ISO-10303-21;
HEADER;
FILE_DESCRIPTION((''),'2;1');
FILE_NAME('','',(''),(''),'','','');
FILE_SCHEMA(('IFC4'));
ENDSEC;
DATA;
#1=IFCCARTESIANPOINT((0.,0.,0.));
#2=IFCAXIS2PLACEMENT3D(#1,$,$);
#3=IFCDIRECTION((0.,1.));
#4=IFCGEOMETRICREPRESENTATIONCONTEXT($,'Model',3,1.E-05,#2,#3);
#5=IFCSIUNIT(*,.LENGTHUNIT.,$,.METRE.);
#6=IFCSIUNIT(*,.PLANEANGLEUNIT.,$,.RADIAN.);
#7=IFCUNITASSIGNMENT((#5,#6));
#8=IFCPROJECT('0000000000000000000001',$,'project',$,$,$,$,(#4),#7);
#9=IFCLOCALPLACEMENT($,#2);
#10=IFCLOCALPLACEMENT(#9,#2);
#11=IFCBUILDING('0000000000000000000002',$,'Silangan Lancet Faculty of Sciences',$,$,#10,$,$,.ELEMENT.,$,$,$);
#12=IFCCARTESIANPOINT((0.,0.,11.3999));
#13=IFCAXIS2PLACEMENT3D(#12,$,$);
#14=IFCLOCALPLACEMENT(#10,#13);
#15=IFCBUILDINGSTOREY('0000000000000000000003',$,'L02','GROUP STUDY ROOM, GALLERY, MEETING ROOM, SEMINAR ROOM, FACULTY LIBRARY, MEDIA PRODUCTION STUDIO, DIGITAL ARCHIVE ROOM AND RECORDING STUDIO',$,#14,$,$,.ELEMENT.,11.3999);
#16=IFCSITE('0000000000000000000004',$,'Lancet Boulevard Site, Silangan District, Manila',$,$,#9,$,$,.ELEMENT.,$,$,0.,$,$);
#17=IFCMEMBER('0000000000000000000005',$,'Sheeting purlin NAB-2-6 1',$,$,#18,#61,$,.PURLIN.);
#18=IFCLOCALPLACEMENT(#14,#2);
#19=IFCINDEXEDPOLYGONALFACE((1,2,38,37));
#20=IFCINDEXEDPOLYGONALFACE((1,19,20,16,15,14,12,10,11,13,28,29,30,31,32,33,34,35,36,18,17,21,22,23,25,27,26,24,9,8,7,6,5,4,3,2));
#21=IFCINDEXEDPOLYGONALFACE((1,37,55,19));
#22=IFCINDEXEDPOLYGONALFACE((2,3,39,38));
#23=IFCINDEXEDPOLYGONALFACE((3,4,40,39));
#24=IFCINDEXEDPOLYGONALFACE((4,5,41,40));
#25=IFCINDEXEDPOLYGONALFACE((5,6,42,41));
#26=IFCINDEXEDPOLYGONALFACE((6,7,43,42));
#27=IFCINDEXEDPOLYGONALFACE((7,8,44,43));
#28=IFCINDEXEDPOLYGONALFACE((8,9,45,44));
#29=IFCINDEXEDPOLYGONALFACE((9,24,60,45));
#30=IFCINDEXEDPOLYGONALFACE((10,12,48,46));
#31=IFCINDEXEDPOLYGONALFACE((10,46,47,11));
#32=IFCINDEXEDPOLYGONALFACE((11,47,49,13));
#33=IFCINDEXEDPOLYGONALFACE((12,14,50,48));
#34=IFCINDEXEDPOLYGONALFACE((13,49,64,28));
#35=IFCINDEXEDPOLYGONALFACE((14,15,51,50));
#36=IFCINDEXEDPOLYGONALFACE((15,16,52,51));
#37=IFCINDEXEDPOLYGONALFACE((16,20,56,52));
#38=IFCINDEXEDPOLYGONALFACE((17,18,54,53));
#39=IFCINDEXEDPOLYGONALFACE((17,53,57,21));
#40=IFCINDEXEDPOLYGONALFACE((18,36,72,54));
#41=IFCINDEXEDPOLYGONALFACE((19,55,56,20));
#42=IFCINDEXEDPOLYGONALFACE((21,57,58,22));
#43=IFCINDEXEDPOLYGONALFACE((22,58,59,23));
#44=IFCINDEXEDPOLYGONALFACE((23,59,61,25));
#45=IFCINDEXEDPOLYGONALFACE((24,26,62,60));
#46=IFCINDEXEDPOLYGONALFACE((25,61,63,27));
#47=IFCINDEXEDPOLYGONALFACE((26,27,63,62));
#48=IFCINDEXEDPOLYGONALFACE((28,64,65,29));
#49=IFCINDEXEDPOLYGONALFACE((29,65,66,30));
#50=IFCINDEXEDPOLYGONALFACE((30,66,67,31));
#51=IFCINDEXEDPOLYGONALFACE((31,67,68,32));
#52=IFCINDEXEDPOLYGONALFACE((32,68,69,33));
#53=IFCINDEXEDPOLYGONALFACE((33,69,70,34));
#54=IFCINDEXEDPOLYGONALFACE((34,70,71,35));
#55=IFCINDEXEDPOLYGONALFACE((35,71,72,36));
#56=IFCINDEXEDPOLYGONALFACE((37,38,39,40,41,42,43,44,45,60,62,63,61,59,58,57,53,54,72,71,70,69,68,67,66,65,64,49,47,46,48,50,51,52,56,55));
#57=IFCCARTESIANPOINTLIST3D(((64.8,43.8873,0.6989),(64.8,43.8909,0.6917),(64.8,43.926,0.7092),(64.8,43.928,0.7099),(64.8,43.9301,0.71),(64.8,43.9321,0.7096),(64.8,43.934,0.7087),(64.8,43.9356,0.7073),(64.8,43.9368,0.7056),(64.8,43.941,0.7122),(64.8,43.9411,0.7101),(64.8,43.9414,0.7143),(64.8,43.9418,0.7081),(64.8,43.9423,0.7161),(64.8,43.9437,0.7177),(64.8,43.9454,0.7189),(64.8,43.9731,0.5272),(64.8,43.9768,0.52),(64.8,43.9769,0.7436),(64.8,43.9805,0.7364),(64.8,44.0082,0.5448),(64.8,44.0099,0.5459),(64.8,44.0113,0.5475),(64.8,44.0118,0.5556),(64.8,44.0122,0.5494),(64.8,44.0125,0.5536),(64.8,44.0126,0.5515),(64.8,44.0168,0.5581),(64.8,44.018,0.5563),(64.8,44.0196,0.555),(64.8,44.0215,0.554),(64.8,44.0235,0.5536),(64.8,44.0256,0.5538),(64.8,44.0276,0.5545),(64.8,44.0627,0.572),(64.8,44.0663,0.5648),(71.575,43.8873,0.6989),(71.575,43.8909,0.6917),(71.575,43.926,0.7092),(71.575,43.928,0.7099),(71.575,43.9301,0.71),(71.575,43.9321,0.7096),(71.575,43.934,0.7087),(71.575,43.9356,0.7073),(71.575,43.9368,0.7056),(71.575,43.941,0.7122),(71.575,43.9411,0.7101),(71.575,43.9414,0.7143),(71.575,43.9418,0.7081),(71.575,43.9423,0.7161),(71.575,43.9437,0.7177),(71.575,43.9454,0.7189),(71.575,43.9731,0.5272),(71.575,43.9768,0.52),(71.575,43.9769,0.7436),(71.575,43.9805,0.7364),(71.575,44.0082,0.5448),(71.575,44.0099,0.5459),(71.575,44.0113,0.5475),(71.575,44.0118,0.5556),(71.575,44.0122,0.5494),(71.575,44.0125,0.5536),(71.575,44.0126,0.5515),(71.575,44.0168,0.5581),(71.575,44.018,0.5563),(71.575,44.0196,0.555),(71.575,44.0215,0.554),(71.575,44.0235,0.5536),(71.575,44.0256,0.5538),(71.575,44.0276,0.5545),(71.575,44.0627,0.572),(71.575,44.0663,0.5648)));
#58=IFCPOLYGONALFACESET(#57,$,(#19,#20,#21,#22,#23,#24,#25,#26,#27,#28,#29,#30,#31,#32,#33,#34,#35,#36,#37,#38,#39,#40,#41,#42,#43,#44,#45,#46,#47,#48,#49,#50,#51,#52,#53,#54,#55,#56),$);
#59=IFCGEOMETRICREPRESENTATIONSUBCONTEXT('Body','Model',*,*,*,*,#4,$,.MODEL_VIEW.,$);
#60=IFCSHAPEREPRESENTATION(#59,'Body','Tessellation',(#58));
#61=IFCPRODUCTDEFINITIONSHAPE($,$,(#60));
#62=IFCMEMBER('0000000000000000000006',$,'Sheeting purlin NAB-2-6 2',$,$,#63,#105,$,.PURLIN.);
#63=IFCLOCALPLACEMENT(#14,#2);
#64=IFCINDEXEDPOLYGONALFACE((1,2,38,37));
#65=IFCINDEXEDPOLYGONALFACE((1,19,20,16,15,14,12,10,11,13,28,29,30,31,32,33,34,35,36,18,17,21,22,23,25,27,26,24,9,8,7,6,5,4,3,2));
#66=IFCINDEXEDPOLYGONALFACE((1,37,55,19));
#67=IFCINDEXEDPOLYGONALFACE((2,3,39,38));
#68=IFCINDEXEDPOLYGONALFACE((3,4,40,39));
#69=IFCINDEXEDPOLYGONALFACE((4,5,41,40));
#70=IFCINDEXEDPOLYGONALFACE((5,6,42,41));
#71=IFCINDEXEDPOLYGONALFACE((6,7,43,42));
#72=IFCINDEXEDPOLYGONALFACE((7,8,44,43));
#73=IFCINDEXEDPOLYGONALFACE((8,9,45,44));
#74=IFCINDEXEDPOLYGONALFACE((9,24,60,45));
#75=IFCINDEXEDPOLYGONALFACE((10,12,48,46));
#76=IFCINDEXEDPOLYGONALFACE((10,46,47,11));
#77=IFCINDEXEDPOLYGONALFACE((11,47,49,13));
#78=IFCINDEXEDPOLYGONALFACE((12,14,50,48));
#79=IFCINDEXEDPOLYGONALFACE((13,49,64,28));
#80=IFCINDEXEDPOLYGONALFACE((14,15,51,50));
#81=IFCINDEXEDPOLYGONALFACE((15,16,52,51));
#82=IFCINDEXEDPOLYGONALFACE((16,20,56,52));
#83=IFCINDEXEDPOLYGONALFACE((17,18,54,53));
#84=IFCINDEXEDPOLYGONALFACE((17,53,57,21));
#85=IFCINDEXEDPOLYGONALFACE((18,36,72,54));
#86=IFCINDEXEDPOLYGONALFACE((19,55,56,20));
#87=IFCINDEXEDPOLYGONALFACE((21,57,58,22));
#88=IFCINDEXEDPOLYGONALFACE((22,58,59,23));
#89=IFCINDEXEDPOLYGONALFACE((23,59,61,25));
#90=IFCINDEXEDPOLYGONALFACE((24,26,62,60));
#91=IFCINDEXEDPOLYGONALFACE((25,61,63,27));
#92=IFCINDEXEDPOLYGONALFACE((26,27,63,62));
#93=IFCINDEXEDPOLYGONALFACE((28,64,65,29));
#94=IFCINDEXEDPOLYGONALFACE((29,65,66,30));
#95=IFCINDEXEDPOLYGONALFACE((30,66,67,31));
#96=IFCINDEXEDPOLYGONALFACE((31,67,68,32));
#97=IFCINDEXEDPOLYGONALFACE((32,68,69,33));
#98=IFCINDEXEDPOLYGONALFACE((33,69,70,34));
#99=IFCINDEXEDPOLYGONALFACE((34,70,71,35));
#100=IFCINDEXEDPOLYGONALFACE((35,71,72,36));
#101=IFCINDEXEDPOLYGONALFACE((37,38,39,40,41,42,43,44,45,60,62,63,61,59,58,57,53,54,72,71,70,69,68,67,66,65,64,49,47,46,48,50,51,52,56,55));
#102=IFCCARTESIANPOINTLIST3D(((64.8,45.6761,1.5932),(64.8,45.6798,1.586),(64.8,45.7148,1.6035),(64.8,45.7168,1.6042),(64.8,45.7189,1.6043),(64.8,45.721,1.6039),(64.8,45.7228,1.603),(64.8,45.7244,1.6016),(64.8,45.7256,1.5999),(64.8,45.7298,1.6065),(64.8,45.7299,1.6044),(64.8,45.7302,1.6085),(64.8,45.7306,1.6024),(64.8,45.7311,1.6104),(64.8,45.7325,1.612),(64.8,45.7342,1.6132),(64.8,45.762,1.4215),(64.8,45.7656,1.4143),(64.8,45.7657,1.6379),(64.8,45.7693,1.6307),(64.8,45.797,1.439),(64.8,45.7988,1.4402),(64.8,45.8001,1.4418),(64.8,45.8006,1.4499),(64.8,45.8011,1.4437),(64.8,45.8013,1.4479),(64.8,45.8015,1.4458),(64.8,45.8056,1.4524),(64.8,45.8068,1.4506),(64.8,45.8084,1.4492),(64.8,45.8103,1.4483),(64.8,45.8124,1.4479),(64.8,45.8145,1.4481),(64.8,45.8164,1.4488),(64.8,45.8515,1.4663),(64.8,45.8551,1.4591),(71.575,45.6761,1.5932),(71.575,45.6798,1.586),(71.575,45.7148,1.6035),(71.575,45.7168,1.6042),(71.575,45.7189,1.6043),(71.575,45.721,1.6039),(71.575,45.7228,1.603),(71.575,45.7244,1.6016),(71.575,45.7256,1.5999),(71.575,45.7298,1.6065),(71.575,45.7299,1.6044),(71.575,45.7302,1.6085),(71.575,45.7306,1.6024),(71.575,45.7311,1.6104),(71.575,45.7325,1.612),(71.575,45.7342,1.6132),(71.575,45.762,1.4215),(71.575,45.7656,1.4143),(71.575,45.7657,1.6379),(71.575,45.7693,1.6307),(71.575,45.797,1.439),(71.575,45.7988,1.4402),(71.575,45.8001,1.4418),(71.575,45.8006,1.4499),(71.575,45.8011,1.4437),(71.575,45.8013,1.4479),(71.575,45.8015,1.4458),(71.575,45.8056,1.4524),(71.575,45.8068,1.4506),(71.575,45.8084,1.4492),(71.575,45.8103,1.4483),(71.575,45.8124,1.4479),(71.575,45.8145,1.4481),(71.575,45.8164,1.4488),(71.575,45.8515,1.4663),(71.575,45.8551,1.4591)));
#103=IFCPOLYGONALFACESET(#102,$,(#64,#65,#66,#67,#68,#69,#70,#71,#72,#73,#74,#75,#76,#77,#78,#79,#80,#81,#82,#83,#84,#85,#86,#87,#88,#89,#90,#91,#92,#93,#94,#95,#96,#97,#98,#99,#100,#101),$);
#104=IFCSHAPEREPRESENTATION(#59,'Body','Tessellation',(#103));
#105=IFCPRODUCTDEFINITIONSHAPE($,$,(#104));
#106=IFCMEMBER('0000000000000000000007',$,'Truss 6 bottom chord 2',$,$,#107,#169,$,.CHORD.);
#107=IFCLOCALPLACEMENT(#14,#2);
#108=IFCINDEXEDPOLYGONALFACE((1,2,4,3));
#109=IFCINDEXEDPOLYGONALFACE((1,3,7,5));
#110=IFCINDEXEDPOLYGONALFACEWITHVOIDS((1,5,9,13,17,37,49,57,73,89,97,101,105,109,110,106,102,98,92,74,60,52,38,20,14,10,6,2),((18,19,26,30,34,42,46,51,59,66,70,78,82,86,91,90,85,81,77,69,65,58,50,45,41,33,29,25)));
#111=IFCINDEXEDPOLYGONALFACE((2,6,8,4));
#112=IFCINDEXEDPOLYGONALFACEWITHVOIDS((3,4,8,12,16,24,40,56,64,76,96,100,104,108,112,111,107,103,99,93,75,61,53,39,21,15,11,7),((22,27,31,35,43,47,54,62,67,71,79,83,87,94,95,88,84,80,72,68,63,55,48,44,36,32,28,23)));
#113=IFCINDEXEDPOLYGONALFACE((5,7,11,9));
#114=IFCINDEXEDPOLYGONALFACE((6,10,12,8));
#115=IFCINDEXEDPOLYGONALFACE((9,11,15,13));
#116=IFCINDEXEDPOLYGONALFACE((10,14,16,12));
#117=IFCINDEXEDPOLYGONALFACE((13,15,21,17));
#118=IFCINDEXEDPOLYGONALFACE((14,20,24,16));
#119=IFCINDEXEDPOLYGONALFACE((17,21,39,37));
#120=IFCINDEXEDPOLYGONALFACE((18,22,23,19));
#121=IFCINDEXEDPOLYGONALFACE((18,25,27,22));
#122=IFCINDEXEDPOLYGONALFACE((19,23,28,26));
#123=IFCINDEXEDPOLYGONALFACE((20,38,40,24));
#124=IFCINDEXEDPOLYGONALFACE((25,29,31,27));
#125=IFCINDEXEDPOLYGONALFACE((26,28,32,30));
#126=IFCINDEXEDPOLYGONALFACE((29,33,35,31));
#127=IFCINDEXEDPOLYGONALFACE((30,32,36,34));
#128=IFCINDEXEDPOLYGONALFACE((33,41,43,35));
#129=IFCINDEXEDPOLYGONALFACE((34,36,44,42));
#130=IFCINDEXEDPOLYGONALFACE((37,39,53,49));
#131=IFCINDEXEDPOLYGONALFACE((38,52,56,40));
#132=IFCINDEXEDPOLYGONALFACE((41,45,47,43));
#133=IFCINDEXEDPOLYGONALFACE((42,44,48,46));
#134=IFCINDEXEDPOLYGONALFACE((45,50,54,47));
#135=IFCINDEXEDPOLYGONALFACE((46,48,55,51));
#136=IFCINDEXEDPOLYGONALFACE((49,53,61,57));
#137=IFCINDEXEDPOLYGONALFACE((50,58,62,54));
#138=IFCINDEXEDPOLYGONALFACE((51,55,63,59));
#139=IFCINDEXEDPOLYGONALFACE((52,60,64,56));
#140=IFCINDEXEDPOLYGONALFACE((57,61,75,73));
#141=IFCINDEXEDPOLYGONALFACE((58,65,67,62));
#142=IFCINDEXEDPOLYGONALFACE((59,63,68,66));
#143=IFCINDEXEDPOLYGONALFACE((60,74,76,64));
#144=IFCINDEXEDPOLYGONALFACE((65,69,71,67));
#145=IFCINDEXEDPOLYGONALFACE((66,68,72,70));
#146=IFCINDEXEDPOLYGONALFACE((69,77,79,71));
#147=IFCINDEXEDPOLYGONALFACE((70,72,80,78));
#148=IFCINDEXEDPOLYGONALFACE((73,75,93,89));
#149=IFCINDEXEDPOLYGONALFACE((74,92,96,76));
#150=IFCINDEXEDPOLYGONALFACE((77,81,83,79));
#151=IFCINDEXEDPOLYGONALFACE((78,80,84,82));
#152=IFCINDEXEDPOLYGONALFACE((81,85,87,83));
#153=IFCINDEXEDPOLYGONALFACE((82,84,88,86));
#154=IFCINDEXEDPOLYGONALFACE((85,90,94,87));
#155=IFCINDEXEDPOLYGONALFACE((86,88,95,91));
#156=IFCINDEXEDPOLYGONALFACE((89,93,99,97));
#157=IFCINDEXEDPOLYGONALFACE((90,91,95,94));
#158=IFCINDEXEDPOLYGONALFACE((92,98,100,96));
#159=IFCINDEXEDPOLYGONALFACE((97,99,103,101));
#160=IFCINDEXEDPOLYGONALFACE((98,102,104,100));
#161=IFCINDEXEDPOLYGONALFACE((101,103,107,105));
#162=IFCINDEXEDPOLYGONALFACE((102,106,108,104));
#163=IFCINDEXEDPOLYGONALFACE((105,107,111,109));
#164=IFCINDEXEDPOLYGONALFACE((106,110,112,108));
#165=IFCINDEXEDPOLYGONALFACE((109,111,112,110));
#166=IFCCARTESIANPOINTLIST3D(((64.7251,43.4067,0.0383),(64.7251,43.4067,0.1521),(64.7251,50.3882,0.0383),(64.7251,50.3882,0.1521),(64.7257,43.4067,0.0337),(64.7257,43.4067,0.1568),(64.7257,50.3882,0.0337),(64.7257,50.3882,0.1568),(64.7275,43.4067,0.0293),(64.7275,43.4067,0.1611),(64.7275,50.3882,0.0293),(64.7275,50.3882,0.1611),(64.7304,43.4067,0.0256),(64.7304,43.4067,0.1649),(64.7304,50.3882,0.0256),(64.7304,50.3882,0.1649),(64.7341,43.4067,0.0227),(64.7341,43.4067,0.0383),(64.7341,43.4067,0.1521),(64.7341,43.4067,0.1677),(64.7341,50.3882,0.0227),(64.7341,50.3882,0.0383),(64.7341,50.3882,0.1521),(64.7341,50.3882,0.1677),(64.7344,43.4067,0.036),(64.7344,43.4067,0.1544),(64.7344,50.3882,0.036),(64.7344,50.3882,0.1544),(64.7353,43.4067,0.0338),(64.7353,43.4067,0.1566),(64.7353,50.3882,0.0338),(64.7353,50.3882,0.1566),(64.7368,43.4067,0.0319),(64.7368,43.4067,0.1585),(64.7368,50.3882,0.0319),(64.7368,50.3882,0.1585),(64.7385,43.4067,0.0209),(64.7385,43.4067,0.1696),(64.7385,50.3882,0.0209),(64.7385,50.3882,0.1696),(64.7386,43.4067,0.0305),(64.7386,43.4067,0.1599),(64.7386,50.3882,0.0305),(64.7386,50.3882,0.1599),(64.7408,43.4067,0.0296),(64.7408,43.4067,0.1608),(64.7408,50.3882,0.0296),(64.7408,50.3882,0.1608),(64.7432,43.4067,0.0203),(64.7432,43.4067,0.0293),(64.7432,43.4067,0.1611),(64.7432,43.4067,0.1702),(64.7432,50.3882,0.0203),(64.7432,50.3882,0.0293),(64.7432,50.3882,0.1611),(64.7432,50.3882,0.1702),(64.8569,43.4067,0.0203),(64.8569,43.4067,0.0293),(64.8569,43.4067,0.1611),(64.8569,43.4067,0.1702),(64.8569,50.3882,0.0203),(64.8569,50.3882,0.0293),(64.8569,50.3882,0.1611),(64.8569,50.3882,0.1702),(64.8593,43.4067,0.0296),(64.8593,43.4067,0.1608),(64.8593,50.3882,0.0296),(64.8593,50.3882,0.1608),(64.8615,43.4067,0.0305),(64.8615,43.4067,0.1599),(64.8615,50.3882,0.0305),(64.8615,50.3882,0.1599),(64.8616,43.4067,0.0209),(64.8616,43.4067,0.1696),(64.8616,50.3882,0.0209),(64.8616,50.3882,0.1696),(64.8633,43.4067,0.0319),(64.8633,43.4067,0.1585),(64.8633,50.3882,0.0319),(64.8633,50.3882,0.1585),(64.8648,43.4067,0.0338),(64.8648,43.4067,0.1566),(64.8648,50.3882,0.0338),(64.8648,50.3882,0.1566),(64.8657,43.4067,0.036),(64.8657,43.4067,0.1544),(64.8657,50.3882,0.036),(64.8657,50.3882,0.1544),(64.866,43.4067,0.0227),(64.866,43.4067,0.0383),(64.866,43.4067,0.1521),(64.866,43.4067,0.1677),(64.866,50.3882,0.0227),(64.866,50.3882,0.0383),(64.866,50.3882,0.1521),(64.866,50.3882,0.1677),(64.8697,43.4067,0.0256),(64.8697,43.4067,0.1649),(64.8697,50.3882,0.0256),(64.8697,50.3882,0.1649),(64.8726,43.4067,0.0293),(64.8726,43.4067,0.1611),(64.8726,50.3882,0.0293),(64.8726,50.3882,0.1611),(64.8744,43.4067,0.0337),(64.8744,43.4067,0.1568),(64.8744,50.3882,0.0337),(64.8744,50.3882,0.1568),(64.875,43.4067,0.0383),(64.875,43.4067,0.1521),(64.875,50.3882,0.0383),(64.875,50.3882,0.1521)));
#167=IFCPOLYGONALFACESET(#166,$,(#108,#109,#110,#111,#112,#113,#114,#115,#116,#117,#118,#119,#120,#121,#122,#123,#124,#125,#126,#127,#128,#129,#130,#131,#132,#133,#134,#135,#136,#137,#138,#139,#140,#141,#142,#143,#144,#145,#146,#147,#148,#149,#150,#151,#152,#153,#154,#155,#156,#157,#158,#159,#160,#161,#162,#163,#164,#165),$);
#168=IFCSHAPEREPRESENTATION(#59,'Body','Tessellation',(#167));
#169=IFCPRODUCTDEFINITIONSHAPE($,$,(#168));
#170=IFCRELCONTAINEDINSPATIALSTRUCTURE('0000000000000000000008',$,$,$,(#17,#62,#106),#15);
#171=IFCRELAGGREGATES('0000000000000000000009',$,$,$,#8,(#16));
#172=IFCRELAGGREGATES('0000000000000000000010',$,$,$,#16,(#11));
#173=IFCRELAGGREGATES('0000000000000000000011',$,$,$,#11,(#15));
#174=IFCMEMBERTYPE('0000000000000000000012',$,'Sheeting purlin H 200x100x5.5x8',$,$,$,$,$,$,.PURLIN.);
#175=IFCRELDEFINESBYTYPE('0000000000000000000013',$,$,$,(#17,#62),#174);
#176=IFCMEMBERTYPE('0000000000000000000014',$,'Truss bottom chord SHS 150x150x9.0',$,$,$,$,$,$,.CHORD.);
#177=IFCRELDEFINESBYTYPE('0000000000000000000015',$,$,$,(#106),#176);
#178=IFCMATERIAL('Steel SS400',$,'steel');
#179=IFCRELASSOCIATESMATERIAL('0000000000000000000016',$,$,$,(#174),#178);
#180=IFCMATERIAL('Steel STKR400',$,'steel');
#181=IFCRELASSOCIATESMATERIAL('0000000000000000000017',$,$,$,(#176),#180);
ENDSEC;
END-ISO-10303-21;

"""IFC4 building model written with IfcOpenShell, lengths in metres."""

from ifc_helpers import new_model, si_unit, direction, frame, origin, origin_2d, place, context, subcontext, project, spatial, hollow_rectangle, i_section, extrude, material, material_profile, profile_set, type_object, element, save


model = new_model("IFC4")

# Units and contexts
model_context = context("Model", 3, precision=1e-05, world=origin(), true_north=direction((0.0, 1.0)))
body_context = subcontext(model_context, "Body", "Model", "MODEL_VIEW")
ifc_project = project(units=[si_unit("LENGTHUNIT", "METRE"), si_unit("PLANEANGLEUNIT", "RADIAN")], contexts=[model_context])

# Site, building, storey
site_placement = place(None, origin())
site = spatial("IfcSite", under=ifc_project, at=site_placement, Name="Lancet Boulevard Site, Silangan District, Manila", CompositionType="ELEMENT", RefElevation=0.0)
building_placement = place(site_placement, origin())
building = spatial("IfcBuilding", under=site, at=building_placement, Name="Silangan Lancet Faculty of Sciences", CompositionType="ELEMENT")
storey_placement = place(building_placement, frame((0.0, 0.0, 11.3999)))
storey = spatial("IfcBuildingStorey", under=building, at=storey_placement, Name="L02", Description="GROUP STUDY ROOM, GALLERY, MEETING ROOM, SEMINAR ROOM, FACULTY LIBRARY, MEDIA PRODUCTION STUDIO, DIGITAL ARCHIVE ROOM AND RECORDING STUDIO", CompositionType="ELEMENT", Elevation=11.3999)

# Members
ifc_material_1 = material(Name="Steel SS400", Category="steel")
ifc_material_profile_1 = material_profile(ifc_material_1, i_section(OverallWidth=0.1001, OverallDepth=0.2, WebThickness=0.0056, FlangeThickness=0.0081, FilletRadius=0.0081, at=origin_2d()), Name="H 200x100x5.5x8")
ifc_profile_set_1 = profile_set([ifc_material_profile_1], Name="Steel SS400")
member_type_1 = type_object("IfcMemberType", Name="Sheeting purlin H 200x100x5.5x8", PredefinedType="PURLIN", material=ifc_profile_set_1)
for number, where, z_axis, x_axis, name in (
    (1, (64.8, 43.9768, 0.6318), (1.0, 0.0, 0.0), (0.0, 0.894427, 0.447214), "Sheeting purlin NAB-2-6 1"),
    (2, (64.8, 45.7656, 1.5261), (1.0, 0.0, 0.0), (0.0, 0.894427, 0.447214), "Sheeting purlin NAB-2-6 2"),
):
    element("IfcMember", number, at=place(storey_placement, frame(where, z_axis=z_axis, x_axis=x_axis)), inside=storey, type_object=member_type_1, Name=name, PredefinedType="PURLIN", context=body_context, shape_type="SweptSolid", body=[
        extrude(i_section(OverallWidth=0.1001, OverallDepth=0.2, WebThickness=0.0056, FlangeThickness=0.0081, FilletRadius=0.0081, at=origin_2d()), origin(), (0.0, 0.0, 1.0), 6.7749),
    ])
ifc_material_2 = material(Name="Steel STKR400", Category="steel")
ifc_material_profile_2 = material_profile(ifc_material_2, hollow_rectangle(XDim=0.1499, YDim=0.1499, WallThickness=0.009, InnerFilletRadius=0.009, OuterFilletRadius=0.0181, at=origin_2d()), Name="SHS 150x150x9.0")
ifc_profile_set_2 = profile_set([ifc_material_profile_2], Name="Steel STKR400")
member_type_2 = type_object("IfcMemberType", Name="Truss bottom chord SHS 150x150x9.0", PredefinedType="CHORD", material=ifc_profile_set_2)
for number, where, z_axis, x_axis, name in (
    (3, (64.8, 43.4067, 0.0952), (0.0, 1.0, 0.0), (-1.0, 0.0, 0.0), "Truss 6 bottom chord 2"),
):
    element("IfcMember", number, at=place(storey_placement, frame(where, z_axis=z_axis, x_axis=x_axis)), inside=storey, type_object=member_type_2, Name=name, PredefinedType="CHORD", context=body_context, shape_type="SweptSolid", body=[
        extrude(hollow_rectangle(XDim=0.1499, YDim=0.1499, WallThickness=0.009, InnerFilletRadius=0.009, OuterFilletRadius=0.0181, at=origin_2d()), origin(), (0.0, 0.0, 1.0), 6.9814),
    ])

save(model, "model.ifc")
